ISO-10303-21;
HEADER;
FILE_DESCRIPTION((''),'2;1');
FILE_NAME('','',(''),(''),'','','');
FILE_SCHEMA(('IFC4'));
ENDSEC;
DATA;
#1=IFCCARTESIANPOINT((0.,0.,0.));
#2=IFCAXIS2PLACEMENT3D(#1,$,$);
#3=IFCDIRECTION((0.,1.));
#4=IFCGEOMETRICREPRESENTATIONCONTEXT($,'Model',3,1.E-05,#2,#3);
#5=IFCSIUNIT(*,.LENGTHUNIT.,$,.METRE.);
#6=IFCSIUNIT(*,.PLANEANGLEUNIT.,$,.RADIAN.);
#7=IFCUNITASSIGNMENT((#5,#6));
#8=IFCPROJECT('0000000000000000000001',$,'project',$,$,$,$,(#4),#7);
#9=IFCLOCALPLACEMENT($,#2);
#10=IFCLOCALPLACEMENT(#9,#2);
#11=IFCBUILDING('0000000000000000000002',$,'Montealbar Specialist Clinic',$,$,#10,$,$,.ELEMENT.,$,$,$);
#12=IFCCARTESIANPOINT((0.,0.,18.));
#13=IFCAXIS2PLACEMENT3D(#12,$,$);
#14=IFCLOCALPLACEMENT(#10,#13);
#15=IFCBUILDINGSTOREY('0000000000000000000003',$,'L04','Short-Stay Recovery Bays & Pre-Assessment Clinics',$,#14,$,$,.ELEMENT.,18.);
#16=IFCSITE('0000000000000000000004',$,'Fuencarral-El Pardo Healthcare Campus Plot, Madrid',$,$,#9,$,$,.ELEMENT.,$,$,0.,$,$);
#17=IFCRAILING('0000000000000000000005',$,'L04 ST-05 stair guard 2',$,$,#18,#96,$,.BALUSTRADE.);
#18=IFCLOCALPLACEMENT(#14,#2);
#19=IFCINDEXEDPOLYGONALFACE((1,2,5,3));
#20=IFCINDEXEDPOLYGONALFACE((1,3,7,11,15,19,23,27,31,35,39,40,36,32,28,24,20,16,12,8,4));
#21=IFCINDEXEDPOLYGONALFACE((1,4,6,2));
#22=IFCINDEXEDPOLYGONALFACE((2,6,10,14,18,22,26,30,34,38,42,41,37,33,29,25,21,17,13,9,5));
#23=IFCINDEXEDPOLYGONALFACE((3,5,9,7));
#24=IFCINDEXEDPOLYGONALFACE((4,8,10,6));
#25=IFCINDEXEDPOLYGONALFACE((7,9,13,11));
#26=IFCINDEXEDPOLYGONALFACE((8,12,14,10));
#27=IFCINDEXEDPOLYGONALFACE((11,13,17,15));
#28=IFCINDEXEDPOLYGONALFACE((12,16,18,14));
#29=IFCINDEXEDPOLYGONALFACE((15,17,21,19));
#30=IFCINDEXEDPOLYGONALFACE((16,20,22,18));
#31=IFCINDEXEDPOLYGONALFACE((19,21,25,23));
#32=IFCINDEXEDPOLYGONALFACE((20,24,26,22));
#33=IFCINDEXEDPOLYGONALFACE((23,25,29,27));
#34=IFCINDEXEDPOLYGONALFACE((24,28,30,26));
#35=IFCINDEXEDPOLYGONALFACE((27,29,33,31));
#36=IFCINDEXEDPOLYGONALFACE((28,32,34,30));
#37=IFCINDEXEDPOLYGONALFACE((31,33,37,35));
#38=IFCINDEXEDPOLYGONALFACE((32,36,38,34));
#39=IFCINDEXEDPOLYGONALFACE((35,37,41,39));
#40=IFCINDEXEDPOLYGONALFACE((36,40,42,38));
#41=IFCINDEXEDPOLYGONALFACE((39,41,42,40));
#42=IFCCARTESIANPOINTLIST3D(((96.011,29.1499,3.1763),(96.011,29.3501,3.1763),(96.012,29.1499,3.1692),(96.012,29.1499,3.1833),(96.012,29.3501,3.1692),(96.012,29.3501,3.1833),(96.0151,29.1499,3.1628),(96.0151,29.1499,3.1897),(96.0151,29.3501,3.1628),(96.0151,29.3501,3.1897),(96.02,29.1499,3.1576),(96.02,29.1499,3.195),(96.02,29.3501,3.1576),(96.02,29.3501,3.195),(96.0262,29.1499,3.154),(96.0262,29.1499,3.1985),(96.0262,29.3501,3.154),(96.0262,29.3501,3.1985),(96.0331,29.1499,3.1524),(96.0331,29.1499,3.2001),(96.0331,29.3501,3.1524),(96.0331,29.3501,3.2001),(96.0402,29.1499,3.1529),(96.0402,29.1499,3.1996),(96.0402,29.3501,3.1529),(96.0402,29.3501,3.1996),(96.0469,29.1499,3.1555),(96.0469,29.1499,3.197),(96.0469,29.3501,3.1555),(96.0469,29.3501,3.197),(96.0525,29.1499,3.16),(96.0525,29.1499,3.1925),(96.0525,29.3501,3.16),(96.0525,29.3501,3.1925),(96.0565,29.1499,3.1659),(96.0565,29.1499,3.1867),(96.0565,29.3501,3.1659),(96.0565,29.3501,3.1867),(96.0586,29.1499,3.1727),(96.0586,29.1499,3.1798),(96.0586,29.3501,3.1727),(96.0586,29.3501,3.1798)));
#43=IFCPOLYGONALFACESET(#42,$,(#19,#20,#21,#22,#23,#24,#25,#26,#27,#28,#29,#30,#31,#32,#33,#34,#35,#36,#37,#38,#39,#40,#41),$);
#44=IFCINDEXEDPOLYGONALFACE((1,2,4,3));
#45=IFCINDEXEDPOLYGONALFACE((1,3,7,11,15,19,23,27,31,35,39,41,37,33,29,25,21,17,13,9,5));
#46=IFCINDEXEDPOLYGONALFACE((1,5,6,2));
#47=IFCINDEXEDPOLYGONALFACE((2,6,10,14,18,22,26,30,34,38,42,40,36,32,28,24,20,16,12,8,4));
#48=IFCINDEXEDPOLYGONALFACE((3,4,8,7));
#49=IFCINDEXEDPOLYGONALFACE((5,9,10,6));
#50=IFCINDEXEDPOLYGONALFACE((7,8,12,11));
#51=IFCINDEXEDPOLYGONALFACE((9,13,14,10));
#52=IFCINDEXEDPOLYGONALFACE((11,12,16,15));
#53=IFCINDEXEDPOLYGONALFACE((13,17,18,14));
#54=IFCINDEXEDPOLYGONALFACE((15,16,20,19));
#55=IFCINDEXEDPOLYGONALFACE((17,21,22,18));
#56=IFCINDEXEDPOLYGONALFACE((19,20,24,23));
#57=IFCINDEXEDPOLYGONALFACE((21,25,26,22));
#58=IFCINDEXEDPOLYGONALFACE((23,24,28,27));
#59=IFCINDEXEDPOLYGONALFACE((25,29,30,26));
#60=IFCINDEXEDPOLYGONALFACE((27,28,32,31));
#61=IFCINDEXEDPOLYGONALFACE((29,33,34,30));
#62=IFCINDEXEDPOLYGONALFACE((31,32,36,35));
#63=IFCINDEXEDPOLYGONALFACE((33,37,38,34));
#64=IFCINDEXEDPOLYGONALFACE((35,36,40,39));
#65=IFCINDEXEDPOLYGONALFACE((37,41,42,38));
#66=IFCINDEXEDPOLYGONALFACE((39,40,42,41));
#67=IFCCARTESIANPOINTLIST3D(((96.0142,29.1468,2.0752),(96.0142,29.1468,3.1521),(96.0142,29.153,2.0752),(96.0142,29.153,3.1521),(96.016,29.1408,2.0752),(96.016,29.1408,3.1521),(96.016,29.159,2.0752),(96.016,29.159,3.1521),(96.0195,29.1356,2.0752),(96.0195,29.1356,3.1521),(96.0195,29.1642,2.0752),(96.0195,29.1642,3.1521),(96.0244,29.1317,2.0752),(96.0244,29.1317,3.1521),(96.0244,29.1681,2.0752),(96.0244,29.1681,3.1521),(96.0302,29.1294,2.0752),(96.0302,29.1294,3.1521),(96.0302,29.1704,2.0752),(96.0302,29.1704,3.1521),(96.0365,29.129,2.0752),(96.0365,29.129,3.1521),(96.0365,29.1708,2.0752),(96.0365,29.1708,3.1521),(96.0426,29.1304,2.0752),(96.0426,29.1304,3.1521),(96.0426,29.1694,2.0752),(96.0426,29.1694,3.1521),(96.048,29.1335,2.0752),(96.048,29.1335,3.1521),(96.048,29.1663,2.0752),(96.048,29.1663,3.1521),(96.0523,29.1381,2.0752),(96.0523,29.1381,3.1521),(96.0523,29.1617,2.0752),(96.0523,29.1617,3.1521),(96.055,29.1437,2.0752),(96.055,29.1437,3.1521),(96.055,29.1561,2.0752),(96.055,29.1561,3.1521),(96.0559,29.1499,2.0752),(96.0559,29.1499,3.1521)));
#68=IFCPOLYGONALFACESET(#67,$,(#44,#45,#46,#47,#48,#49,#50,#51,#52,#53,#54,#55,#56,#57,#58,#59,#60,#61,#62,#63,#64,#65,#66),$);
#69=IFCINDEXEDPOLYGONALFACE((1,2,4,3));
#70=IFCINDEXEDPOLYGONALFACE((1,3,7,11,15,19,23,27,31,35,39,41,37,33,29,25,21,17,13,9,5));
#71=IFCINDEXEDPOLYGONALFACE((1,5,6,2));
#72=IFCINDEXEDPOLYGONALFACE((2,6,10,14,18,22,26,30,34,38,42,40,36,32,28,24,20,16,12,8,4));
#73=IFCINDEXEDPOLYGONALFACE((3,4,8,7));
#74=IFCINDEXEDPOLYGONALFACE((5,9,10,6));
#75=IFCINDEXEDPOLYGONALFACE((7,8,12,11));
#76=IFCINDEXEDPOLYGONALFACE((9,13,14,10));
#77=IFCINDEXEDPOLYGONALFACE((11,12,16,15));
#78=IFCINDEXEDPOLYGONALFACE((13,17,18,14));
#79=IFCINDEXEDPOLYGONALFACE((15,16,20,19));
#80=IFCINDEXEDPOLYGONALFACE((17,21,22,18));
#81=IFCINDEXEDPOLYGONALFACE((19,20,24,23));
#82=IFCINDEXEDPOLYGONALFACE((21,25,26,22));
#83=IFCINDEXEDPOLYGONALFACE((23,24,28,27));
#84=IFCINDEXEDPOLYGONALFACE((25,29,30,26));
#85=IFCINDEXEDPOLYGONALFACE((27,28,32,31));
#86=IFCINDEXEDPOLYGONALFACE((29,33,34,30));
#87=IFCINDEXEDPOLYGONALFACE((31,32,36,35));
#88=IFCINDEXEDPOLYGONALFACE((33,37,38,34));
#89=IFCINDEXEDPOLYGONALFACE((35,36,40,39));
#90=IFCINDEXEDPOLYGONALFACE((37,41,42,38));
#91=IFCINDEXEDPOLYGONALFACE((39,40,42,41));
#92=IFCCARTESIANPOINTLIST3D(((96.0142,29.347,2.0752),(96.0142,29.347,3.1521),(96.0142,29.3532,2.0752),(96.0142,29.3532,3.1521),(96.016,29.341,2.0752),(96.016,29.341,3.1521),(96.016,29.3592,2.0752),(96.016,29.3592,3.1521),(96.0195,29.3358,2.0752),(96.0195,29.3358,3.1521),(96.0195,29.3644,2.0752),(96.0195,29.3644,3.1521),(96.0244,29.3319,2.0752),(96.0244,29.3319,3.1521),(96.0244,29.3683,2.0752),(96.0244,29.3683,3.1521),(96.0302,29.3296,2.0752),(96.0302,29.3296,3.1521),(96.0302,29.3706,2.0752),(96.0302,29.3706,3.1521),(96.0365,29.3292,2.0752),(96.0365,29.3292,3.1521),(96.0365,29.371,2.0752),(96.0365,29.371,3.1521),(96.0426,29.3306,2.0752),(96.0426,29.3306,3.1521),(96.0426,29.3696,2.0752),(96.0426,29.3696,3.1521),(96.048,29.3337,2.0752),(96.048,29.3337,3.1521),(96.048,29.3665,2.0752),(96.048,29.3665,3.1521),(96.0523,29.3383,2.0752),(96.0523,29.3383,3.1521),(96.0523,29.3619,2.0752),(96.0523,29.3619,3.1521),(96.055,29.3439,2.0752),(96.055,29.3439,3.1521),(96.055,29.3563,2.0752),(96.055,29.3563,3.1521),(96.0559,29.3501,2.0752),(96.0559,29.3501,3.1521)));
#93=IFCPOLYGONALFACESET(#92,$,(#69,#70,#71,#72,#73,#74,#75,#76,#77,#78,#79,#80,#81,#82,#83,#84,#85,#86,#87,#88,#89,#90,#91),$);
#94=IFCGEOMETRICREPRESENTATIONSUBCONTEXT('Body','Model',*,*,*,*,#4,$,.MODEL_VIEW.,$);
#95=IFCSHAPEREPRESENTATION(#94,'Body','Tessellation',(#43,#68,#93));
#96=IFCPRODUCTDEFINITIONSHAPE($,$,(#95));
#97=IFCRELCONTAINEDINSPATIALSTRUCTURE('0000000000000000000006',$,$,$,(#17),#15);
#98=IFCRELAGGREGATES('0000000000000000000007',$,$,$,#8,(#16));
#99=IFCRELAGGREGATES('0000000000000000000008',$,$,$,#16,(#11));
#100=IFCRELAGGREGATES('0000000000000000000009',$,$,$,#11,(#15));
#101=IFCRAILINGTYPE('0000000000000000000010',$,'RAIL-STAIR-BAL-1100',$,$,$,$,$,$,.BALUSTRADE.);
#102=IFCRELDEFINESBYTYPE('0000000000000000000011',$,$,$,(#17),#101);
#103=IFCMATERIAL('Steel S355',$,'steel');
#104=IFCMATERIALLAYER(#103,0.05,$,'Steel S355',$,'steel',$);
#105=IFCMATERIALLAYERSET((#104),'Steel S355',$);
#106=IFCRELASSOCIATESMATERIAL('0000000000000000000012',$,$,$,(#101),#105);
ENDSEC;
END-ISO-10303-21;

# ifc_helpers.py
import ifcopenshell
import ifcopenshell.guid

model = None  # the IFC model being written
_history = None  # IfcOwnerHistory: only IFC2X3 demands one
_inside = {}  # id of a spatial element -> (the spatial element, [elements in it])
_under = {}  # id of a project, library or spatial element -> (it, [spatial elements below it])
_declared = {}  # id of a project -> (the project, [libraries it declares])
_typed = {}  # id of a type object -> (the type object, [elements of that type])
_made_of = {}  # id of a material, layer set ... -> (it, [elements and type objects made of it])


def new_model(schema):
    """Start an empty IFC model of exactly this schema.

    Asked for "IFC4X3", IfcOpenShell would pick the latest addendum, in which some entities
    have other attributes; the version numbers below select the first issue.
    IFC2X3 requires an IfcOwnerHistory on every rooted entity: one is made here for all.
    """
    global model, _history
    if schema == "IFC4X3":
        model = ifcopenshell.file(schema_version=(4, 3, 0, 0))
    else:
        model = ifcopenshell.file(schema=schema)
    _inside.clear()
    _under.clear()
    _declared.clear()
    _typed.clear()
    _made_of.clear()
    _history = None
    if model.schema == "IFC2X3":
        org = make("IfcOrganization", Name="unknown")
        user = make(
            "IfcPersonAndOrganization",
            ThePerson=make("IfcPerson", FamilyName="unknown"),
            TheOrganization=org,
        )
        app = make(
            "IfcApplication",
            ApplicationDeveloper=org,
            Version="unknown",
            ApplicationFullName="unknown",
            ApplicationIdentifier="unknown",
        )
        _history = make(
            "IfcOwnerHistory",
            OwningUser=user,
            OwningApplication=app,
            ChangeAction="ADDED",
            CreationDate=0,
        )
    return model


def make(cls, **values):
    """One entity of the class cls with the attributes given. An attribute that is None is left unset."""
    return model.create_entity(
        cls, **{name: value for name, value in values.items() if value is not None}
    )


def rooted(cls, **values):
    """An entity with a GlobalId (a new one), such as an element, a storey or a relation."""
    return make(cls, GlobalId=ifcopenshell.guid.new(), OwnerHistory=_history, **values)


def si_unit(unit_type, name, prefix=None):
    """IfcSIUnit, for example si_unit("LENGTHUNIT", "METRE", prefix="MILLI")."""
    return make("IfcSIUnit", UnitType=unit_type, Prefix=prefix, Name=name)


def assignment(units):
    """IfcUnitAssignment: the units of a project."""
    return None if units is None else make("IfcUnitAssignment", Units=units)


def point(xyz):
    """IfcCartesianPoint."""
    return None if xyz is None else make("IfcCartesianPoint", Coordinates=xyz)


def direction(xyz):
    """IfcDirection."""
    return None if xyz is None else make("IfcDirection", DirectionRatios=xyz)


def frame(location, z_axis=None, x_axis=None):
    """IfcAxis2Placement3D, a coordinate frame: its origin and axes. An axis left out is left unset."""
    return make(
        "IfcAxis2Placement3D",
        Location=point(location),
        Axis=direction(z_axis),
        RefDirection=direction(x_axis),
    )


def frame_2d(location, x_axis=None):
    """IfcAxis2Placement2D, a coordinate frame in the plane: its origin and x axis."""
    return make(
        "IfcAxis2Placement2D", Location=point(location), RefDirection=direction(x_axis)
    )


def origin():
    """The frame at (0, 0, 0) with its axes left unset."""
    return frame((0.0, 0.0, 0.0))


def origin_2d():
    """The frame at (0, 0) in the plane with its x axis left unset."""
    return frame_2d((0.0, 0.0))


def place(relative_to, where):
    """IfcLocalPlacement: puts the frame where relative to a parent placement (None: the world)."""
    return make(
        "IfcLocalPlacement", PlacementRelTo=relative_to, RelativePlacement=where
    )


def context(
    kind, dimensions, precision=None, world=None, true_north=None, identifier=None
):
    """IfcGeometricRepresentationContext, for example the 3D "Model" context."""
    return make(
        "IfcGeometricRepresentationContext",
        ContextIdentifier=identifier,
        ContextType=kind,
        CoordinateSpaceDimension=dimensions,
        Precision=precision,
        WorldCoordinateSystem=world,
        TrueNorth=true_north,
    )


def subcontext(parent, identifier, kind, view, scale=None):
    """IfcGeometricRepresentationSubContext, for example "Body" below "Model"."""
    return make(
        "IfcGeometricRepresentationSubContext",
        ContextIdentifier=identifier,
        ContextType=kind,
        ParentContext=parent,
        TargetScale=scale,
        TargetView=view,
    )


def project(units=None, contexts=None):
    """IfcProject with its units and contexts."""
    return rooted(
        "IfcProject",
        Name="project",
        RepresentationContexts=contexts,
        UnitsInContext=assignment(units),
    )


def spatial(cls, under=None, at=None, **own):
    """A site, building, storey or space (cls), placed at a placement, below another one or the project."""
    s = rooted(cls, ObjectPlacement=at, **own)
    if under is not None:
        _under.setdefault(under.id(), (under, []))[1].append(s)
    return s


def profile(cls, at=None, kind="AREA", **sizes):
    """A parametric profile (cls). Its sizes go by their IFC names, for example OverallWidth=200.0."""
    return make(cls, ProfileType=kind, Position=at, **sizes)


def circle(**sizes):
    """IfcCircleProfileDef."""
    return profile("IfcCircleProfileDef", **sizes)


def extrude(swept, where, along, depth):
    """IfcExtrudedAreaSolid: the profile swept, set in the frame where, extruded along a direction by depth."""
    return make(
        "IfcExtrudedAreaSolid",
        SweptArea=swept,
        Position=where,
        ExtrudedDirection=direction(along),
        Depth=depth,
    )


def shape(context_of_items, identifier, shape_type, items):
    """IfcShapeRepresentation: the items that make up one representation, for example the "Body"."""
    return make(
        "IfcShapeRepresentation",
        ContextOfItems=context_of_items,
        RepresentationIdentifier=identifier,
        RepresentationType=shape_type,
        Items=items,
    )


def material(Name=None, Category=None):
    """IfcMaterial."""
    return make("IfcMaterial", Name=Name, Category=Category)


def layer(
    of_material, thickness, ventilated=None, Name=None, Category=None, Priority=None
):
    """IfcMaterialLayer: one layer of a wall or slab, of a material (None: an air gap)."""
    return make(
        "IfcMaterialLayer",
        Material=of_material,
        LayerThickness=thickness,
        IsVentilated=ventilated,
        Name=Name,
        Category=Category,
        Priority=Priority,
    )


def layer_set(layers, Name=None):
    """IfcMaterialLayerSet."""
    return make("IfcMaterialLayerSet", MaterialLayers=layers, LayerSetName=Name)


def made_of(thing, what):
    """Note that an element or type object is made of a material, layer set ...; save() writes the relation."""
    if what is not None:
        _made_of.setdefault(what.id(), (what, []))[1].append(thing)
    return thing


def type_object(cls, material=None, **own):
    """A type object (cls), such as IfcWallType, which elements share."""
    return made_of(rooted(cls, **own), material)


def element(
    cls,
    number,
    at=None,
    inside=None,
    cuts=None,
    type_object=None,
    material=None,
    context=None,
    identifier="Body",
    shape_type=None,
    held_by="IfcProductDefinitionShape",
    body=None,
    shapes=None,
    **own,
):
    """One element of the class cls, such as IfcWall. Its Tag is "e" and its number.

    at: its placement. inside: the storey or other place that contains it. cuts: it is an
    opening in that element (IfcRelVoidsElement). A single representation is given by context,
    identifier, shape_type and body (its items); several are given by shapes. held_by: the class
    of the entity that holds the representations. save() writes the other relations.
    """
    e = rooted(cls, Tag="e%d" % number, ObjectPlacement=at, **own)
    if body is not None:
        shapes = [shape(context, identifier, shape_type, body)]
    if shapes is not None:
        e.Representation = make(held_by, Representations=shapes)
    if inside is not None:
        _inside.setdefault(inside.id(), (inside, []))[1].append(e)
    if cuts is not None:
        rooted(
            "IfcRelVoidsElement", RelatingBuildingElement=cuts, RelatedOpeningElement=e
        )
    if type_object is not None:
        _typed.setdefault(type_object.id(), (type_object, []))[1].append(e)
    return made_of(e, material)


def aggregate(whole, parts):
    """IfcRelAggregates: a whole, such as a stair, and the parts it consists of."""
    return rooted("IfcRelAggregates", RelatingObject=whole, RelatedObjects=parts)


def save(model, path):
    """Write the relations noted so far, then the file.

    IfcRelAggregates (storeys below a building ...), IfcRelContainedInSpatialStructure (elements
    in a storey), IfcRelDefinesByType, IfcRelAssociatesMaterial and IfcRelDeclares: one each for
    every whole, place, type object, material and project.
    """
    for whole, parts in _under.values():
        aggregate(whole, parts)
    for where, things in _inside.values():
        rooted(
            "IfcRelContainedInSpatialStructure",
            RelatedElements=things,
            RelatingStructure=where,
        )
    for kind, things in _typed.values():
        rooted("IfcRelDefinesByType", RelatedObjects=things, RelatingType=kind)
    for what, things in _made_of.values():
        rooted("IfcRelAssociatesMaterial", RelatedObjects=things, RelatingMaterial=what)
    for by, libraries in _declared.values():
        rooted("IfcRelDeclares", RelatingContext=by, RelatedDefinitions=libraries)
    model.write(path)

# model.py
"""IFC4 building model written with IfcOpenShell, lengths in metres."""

from ifc_helpers import new_model, si_unit, direction, frame, origin, origin_2d, place, context, subcontext, project, spatial, circle, extrude, material, layer, layer_set, type_object, element, save


model = new_model("IFC4")

# Units and contexts
model_context = context("Model", 3, precision=1e-05, world=origin(), true_north=direction((0.0, 1.0)))
body_context = subcontext(model_context, "Body", "Model", "MODEL_VIEW")
ifc_project = project(units=[si_unit("LENGTHUNIT", "METRE"), si_unit("PLANEANGLEUNIT", "RADIAN")], contexts=[model_context])

# Site, building, storey
site_placement = place(None, origin())
site = spatial("IfcSite", under=ifc_project, at=site_placement, Name="Fuencarral-El Pardo Healthcare Campus Plot, Madrid", CompositionType="ELEMENT", RefElevation=0.0)
building_placement = place(site_placement, origin())
building = spatial("IfcBuilding", under=site, at=building_placement, Name="Montealbar Specialist Clinic", CompositionType="ELEMENT")
storey_placement = place(building_placement, frame((0.0, 0.0, 18.0)))
storey = spatial("IfcBuildingStorey", under=building, at=storey_placement, Name="L04", Description="Short-Stay Recovery Bays & Pre-Assessment Clinics", CompositionType="ELEMENT", Elevation=18.0)

# Shared definitions
ifc_material_1 = material(Name="Steel S355", Category="steel")

# Railing
ifc_layer_1 = layer(ifc_material_1, 0.05, Name="Steel S355", Category="steel")
ifc_layer_set_1 = layer_set([ifc_layer_1], Name="Steel S355")
railing_type_1 = type_object("IfcRailingType", Name="RAIL-STAIR-BAL-1100", PredefinedType="BALUSTRADE", material=ifc_layer_set_1)
railing_1_placement = place(storey_placement, frame((96.0349, 29.1499, 2.1001)))
element("IfcRailing", 1, at=railing_1_placement, inside=storey, type_object=railing_type_1, Name="L04 ST-05 stair guard 2", PredefinedType="BALUSTRADE", context=body_context, shape_type="SweptSolid", body=[
    extrude(circle(Radius=0.0239, at=origin_2d()), frame((0.0, 0.0, 1.0762), z_axis=(0.0, 1.0, 0.0), x_axis=(-1.0, 0.0, 0.0)), (0.0, 0.0, 1.0), 0.2002),
    extrude(circle(Radius=0.021, at=origin_2d()), frame((0.0, 0.0, -0.0249)), (0.0, 0.0, 1.0), 1.0769),
    extrude(circle(Radius=0.021, at=origin_2d()), frame((0.0, 0.2002, -0.0249)), (0.0, 0.0, 1.0), 1.0769),
])

save(model, "model.ifc")
